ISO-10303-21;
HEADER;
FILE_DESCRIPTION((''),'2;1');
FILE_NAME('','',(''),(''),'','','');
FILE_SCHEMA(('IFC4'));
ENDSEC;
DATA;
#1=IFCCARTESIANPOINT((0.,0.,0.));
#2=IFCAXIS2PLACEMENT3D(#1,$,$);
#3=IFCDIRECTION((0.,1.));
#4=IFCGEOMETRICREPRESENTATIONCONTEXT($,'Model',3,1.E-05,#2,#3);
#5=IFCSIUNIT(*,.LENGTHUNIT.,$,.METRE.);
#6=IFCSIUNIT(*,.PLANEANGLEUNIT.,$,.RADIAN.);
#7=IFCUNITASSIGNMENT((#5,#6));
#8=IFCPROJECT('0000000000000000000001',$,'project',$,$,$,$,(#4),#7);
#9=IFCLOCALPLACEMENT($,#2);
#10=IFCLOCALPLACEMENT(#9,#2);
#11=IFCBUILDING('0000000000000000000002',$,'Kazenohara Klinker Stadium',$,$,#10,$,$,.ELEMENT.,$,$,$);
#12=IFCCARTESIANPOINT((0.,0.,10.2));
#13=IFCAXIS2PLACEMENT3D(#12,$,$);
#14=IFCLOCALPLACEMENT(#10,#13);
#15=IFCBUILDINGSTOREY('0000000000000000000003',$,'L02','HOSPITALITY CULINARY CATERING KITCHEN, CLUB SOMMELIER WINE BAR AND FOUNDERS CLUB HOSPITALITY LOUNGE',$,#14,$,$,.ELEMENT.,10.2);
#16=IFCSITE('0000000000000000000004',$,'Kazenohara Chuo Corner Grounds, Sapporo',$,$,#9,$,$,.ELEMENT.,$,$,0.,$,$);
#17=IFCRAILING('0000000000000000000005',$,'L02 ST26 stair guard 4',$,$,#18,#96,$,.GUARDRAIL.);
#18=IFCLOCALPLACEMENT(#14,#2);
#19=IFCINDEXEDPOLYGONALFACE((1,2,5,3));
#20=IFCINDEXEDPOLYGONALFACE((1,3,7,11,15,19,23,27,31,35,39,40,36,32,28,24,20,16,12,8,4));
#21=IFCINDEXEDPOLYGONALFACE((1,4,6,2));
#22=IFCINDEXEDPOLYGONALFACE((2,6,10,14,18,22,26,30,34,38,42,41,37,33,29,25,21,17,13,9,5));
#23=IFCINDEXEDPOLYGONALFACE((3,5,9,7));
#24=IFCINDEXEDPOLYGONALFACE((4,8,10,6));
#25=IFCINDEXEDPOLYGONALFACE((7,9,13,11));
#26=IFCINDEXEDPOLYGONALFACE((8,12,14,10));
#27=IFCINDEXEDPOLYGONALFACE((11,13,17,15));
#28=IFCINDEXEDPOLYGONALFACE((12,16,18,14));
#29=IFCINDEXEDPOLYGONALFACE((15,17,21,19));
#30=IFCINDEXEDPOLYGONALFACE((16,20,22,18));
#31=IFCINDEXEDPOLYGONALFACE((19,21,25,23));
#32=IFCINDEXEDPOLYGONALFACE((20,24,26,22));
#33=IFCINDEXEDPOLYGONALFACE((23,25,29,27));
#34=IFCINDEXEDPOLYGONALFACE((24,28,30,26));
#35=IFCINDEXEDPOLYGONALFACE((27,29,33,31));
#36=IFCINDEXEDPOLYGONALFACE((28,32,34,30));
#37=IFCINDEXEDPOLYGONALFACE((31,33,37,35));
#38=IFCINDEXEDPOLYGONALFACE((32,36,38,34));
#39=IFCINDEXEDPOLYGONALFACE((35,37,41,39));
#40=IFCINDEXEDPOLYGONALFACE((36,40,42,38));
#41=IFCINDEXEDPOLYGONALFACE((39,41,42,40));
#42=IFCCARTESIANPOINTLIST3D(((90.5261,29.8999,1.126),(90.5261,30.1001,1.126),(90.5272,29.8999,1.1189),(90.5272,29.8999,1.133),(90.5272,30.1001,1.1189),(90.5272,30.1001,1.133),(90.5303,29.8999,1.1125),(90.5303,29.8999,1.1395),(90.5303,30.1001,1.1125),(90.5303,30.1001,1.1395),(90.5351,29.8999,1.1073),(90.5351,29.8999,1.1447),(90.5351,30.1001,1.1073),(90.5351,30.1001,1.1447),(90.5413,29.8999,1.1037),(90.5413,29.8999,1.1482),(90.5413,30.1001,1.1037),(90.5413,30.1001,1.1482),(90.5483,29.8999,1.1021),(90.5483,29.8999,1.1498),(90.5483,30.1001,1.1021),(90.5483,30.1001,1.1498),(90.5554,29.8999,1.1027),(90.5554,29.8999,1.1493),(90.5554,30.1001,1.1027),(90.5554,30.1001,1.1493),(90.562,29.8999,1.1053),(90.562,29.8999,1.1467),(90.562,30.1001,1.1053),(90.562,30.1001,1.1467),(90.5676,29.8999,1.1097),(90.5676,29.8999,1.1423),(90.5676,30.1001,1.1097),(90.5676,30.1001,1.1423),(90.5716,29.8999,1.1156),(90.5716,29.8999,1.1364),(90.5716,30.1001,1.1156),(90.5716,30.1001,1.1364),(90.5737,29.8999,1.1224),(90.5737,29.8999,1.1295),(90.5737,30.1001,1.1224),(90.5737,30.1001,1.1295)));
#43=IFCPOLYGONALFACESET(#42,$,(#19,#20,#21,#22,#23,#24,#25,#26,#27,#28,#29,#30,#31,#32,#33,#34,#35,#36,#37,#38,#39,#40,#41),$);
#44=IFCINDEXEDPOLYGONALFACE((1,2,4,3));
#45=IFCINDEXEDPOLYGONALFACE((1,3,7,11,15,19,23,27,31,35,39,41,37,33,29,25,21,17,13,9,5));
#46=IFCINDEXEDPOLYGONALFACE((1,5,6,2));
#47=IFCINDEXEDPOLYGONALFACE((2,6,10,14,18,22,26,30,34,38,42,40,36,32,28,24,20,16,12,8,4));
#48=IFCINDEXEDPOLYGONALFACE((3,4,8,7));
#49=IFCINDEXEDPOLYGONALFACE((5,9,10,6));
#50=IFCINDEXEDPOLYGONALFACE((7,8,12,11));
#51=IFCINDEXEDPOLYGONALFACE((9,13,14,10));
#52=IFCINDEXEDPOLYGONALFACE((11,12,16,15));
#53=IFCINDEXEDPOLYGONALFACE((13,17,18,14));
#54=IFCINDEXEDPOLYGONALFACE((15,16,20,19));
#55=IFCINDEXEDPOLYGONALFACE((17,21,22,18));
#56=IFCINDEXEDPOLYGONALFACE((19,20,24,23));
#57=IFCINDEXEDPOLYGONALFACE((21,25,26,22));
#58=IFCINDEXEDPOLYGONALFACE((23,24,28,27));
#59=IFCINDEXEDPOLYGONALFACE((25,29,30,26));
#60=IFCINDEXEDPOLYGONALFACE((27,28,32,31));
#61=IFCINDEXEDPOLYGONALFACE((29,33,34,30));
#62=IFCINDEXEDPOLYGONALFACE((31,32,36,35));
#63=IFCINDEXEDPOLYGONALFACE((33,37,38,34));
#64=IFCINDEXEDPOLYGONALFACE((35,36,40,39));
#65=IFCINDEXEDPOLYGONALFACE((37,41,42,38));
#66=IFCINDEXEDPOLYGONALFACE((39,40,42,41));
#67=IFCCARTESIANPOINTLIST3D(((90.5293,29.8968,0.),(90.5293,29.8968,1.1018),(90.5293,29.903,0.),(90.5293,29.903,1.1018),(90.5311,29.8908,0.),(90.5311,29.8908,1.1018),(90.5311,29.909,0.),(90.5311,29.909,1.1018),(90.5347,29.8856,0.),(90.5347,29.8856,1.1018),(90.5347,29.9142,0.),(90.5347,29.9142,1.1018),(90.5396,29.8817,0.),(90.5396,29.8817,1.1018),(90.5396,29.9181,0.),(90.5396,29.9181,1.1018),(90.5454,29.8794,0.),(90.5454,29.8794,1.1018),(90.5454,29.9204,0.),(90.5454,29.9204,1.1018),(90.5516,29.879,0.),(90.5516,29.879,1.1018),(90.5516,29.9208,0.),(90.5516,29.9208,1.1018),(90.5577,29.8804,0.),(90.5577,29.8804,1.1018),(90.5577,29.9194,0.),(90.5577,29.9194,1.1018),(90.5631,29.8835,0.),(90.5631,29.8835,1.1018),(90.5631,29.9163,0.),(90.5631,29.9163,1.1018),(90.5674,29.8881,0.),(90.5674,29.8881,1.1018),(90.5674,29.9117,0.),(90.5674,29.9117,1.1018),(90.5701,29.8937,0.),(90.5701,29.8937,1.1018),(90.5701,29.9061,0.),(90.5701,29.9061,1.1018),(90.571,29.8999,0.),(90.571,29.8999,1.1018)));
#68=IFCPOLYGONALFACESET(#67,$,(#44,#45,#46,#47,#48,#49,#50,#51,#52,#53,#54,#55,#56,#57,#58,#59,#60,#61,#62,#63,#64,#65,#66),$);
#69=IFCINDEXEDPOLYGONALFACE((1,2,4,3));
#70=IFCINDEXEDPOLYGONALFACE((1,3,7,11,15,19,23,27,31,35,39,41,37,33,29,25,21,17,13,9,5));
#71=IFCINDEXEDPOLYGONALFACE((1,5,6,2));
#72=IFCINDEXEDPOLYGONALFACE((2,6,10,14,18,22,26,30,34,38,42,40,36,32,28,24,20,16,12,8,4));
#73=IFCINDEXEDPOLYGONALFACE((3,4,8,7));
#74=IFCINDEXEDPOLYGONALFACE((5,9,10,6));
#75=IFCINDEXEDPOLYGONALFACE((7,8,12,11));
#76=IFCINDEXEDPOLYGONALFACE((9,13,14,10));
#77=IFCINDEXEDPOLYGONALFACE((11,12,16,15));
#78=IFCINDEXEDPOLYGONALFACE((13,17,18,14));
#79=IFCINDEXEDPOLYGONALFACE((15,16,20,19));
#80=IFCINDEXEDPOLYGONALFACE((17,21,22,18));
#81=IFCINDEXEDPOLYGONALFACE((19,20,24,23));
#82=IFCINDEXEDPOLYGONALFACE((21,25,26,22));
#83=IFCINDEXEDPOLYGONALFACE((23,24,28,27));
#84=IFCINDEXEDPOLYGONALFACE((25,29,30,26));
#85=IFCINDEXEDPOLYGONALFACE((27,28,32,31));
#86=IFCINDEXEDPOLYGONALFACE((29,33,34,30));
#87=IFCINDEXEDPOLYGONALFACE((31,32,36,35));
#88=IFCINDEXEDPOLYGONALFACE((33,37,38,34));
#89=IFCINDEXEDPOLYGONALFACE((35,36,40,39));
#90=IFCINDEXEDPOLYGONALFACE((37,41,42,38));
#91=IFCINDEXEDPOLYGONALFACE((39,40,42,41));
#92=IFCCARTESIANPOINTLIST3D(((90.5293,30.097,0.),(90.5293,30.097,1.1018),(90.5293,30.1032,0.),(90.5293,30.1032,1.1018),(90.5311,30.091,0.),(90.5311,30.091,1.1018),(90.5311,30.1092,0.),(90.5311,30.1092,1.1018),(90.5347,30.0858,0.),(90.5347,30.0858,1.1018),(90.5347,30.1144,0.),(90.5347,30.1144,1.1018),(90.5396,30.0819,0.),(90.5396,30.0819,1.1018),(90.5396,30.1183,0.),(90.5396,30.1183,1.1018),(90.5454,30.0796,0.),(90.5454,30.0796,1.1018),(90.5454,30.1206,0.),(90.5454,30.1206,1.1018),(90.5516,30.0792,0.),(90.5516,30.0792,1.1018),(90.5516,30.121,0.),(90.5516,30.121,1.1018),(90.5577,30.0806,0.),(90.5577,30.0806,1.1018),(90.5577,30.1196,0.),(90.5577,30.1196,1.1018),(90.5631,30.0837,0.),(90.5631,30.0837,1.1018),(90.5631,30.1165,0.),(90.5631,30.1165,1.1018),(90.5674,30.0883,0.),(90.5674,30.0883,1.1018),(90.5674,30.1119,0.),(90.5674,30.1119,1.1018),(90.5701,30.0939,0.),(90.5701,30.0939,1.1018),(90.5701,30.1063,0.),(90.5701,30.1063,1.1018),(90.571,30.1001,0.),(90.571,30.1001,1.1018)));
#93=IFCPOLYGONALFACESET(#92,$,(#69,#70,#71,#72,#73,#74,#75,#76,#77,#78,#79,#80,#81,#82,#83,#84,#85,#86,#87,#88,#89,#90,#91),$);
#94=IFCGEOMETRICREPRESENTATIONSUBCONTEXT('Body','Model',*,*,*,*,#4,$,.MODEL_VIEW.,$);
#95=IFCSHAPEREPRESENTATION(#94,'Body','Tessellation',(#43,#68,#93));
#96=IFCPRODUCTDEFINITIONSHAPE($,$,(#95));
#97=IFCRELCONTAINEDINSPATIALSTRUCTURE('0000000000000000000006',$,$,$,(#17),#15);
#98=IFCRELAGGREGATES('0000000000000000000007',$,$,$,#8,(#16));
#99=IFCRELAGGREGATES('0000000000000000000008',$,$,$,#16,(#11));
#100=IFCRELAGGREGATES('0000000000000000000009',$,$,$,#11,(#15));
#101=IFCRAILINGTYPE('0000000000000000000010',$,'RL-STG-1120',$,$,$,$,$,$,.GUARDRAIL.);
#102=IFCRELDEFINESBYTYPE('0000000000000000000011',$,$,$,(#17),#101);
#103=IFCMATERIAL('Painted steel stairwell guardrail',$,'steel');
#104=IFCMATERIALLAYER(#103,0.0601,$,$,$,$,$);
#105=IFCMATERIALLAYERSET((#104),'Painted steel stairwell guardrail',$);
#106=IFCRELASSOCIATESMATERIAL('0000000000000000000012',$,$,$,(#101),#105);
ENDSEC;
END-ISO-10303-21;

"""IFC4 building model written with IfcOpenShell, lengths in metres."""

from ifc_helpers import new_model, si_unit, direction, frame, origin, origin_2d, place, context, subcontext, project, spatial, circle, extrude, material, layer, layer_set, type_object, element, save


model = new_model("IFC4")

# Units and contexts
model_context = context("Model", 3, precision=1e-05, world=origin(), true_north=direction((0.0, 1.0)))
body_context = subcontext(model_context, "Body", "Model", "MODEL_VIEW")
ifc_project = project(units=[si_unit("LENGTHUNIT", "METRE"), si_unit("PLANEANGLEUNIT", "RADIAN")], contexts=[model_context])

# Site, building, storey
site_placement = place(None, origin())
site = spatial("IfcSite", under=ifc_project, at=site_placement, Name="Kazenohara Chuo Corner Grounds, Sapporo", CompositionType="ELEMENT", RefElevation=0.0)
building_placement = place(site_placement, origin())
building = spatial("IfcBuilding", under=site, at=building_placement, Name="Kazenohara Klinker Stadium", CompositionType="ELEMENT")
storey_placement = place(building_placement, frame((0.0, 0.0, 10.2)))
storey = spatial("IfcBuildingStorey", under=building, at=storey_placement, Name="L02", Description="HOSPITALITY CULINARY CATERING KITCHEN, CLUB SOMMELIER WINE BAR AND FOUNDERS CLUB HOSPITALITY LOUNGE", CompositionType="ELEMENT", Elevation=10.2)

# Railing
ifc_material_1 = material(Name="Painted steel stairwell guardrail", Category="steel")
ifc_layer_1 = layer(ifc_material_1, 0.0601)
ifc_layer_set_1 = layer_set([ifc_layer_1], Name="Painted steel stairwell guardrail")
railing_type_1 = type_object("IfcRailingType", Name="RL-STG-1120", PredefinedType="GUARDRAIL", material=ifc_layer_set_1)
railing_1_placement = place(storey_placement, frame((90.55, 29.8999, 0.0)))
element("IfcRailing", 1, at=railing_1_placement, inside=storey, type_object=railing_type_1, Name="L02 ST26 stair guard 4", PredefinedType="GUARDRAIL", context=body_context, shape_type="SweptSolid", body=[
    extrude(circle(Radius=0.0239, at=origin_2d()), frame((0.0, 0.0, 1.126), z_axis=(0.0, 1.0, 0.0), x_axis=(-1.0, 0.0, 0.0)), (0.0, 0.0, 1.0), 0.2002),
    extrude(circle(Radius=0.021, at=origin_2d()), origin(), (0.0, 0.0, 1.0), 1.1018),
    extrude(circle(Radius=0.021, at=origin_2d()), frame((0.0, 0.2002, 0.0)), (0.0, 0.0, 1.0), 1.1018),
])

save(model, "model.ifc")
